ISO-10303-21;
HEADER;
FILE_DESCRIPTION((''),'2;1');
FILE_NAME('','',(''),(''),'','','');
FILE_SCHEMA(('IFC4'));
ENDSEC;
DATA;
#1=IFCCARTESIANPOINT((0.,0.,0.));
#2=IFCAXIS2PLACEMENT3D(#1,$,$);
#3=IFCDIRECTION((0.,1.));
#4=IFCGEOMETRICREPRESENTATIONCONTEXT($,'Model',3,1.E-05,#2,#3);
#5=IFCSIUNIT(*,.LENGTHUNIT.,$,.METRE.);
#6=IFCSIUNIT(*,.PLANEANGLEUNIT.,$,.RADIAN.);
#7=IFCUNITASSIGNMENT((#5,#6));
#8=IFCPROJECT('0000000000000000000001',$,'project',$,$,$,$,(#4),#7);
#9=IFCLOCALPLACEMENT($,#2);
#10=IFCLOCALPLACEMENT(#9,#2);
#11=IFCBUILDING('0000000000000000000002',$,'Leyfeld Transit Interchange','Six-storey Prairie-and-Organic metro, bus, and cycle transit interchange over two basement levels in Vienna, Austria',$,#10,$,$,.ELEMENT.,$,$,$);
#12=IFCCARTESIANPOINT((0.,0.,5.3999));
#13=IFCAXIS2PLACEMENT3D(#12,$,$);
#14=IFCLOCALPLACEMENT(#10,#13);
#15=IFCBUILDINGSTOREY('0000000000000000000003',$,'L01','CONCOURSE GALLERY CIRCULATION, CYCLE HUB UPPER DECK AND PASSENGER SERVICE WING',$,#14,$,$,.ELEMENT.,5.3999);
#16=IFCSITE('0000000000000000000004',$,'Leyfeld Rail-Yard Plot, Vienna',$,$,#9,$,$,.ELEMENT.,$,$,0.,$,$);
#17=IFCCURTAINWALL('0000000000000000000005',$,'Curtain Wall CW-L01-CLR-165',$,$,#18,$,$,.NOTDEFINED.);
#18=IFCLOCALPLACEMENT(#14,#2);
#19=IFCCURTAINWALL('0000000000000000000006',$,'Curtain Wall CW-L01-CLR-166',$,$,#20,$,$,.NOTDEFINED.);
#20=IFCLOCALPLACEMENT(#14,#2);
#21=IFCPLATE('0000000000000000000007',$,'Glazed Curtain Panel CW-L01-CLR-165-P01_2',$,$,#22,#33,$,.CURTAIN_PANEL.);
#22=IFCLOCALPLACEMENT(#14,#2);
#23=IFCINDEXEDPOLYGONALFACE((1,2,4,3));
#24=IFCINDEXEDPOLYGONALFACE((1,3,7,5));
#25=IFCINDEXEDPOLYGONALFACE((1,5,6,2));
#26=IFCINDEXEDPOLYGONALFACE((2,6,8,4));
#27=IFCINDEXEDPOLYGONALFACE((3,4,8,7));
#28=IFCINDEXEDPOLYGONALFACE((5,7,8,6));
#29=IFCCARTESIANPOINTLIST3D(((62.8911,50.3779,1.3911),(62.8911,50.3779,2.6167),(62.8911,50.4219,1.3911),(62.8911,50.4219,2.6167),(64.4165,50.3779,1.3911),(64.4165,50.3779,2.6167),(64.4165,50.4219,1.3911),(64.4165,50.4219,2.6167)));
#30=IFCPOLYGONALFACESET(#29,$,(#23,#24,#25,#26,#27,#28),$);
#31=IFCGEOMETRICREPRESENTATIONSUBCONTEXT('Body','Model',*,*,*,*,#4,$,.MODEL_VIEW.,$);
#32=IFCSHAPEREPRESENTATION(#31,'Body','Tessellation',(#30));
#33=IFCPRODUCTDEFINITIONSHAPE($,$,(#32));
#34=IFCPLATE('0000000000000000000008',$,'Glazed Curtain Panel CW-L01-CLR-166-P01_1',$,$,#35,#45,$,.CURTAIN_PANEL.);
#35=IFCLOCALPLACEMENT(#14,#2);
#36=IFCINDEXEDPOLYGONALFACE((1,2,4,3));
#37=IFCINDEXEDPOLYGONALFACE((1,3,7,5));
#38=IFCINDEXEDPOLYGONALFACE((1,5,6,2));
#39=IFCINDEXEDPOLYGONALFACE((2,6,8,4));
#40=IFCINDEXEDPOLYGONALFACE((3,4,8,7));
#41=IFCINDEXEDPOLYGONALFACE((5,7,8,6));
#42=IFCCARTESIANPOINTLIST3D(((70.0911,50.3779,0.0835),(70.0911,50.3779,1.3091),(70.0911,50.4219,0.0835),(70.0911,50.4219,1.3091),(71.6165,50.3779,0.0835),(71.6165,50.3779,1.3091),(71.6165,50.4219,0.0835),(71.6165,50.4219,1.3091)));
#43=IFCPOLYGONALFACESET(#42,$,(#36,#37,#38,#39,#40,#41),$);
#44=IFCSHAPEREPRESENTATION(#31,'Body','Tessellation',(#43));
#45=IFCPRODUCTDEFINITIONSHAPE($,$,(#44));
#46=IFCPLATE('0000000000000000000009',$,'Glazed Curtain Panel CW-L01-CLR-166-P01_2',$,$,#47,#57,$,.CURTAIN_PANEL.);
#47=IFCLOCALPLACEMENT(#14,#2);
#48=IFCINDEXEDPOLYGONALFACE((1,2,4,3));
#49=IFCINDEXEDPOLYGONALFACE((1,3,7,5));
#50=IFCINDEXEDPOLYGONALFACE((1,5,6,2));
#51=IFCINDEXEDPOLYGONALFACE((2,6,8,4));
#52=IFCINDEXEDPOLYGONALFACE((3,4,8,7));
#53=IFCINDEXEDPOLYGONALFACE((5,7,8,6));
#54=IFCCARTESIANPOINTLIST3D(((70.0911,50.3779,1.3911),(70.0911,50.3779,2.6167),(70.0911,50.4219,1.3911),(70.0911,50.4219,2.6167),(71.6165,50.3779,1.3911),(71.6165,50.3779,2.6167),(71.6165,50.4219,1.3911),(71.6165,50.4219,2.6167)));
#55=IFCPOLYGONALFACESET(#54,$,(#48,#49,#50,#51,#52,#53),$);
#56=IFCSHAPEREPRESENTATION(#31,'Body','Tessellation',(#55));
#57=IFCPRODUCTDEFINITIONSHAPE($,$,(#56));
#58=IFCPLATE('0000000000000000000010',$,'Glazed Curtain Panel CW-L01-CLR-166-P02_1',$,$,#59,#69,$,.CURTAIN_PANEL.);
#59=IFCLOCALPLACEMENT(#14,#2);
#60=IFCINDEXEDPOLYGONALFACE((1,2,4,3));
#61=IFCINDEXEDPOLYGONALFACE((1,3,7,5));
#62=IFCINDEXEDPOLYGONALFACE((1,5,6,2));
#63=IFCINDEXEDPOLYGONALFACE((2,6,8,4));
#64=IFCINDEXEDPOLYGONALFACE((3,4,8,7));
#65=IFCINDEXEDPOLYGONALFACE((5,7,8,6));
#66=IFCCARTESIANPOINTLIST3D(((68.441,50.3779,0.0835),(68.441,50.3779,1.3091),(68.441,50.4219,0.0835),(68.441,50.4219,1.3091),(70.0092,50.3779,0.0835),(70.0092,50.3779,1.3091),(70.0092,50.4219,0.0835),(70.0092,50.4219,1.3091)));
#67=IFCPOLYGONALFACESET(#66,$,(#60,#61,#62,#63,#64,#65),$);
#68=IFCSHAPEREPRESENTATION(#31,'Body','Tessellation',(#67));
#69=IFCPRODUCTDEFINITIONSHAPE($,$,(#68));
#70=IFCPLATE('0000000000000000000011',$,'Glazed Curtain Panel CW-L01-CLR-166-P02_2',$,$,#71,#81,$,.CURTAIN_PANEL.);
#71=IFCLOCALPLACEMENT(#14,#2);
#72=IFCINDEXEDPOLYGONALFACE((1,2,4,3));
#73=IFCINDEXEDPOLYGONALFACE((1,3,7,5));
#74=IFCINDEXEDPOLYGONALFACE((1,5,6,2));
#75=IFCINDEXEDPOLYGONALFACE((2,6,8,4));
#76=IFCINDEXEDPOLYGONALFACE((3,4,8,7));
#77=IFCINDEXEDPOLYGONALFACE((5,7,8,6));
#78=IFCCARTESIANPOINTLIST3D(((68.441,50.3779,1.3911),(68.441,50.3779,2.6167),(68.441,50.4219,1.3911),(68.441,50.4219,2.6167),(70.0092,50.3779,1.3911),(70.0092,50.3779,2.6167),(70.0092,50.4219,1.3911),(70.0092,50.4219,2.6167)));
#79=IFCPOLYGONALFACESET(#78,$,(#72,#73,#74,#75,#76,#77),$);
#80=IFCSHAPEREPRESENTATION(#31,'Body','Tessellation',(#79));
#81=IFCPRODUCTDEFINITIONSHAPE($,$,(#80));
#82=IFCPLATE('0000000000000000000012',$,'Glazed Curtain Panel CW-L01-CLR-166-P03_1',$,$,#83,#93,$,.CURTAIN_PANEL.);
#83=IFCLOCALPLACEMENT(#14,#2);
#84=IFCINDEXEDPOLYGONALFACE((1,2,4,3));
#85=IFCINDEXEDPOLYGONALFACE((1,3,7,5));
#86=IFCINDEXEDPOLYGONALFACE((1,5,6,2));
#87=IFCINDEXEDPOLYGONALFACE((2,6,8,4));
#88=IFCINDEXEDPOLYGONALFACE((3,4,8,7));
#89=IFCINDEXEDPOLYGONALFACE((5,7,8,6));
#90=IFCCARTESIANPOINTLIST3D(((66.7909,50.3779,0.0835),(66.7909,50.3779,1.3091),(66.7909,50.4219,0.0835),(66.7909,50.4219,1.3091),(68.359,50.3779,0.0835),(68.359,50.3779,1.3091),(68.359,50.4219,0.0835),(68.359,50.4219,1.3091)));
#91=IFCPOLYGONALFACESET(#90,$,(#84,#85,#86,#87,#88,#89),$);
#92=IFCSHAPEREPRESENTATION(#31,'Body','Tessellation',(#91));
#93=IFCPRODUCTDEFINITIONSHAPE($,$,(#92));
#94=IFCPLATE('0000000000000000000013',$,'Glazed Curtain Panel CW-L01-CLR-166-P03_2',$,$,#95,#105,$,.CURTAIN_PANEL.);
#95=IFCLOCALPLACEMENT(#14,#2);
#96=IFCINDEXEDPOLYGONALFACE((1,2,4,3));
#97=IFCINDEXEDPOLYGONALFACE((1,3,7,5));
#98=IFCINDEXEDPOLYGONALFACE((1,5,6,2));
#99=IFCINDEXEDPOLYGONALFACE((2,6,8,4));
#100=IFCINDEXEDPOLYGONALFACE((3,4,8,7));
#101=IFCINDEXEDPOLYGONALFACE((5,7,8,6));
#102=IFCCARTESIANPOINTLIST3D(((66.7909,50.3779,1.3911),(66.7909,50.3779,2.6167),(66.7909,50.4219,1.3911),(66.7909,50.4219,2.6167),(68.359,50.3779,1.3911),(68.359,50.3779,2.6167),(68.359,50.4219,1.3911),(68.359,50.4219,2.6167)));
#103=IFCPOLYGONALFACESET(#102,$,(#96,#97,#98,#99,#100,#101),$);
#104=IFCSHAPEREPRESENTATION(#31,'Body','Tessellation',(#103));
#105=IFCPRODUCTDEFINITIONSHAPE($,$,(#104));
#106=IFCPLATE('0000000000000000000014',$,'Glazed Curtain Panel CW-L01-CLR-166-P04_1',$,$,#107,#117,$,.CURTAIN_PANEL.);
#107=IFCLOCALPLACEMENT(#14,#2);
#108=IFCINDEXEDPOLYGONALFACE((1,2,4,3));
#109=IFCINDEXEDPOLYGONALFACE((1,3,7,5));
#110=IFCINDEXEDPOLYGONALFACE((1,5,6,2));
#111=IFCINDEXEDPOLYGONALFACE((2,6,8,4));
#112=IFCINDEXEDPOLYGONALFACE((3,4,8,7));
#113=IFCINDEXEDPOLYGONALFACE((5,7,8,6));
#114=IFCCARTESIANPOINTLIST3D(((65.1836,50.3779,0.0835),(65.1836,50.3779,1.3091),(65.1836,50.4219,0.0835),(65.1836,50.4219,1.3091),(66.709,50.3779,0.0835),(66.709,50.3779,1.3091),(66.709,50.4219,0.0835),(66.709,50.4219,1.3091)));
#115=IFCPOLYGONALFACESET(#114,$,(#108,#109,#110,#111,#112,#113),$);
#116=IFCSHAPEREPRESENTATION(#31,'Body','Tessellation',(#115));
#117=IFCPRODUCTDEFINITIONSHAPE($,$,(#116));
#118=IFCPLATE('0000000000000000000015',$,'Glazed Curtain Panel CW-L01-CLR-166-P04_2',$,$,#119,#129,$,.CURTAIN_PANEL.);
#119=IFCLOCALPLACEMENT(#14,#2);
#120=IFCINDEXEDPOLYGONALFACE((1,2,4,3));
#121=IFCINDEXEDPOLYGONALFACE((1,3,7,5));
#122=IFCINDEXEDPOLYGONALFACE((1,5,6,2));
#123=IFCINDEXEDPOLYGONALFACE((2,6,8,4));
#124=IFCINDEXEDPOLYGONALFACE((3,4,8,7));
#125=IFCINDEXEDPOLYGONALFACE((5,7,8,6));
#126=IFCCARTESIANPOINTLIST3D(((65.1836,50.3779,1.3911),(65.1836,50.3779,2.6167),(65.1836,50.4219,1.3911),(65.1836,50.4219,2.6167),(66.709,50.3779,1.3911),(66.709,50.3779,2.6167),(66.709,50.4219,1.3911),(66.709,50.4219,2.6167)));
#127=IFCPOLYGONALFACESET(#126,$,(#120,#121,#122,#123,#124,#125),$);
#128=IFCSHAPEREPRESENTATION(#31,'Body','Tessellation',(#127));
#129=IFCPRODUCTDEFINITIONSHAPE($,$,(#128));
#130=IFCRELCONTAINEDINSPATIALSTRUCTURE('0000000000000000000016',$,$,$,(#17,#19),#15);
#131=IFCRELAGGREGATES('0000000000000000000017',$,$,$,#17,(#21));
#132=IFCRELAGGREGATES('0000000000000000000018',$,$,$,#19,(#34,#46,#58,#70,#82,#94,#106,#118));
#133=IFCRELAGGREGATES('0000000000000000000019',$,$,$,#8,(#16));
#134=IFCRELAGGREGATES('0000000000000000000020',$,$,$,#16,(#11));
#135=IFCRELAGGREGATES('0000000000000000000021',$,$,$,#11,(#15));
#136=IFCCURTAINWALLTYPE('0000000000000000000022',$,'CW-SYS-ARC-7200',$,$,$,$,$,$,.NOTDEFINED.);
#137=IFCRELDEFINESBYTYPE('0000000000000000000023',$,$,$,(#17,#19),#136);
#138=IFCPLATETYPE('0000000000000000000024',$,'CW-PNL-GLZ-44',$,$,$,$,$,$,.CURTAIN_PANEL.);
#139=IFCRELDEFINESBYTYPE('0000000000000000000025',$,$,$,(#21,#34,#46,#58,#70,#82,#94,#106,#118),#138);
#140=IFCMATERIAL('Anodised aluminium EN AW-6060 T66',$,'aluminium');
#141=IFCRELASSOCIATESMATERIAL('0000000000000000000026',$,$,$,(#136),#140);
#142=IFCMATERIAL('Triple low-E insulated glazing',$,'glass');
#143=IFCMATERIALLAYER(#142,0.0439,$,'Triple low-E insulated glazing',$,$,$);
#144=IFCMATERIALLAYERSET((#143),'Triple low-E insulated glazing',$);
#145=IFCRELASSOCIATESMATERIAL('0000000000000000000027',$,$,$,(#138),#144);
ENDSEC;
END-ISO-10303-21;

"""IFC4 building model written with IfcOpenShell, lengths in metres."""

from ifc_helpers import new_model, si_unit, direction, frame, origin, origin_2d, place, context, subcontext, project, spatial, rectangle, extrude, material, layer, layer_set, type_object, element, aggregate, save


model = new_model("IFC4")

# Units and contexts
model_context = context("Model", 3, precision=1e-05, world=origin(), true_north=direction((0.0, 1.0)))
body_context = subcontext(model_context, "Body", "Model", "MODEL_VIEW")
ifc_project = project(units=[si_unit("LENGTHUNIT", "METRE"), si_unit("PLANEANGLEUNIT", "RADIAN")], contexts=[model_context])

# Site, building, storey
site_placement = place(None, origin())
site = spatial("IfcSite", under=ifc_project, at=site_placement, Name="Leyfeld Rail-Yard Plot, Vienna", CompositionType="ELEMENT", RefElevation=0.0)
building_placement = place(site_placement, origin())
building = spatial("IfcBuilding", under=site, at=building_placement, Name="Leyfeld Transit Interchange", Description="Six-storey Prairie-and-Organic metro, bus, and cycle transit interchange over two basement levels in Vienna, Austria", CompositionType="ELEMENT")
storey_placement = place(building_placement, frame((0.0, 0.0, 5.3999)))
storey = spatial("IfcBuildingStorey", under=building, at=storey_placement, Name="L01", Description="CONCOURSE GALLERY CIRCULATION, CYCLE HUB UPPER DECK AND PASSENGER SERVICE WING", CompositionType="ELEMENT", Elevation=5.3999)

# Curtain wall
ifc_material_1 = material(Name="Anodised aluminium EN AW-6060 T66", Category="aluminium")
curtain_wall_type = type_object("IfcCurtainWallType", Name="CW-SYS-ARC-7200", PredefinedType="NOTDEFINED", material=ifc_material_1)
curtain_wall_1_placement = place(storey_placement, origin())
curtain_wall_1 = element("IfcCurtainWall", 1, at=curtain_wall_1_placement, inside=storey, type_object=curtain_wall_type, Name="Curtain Wall CW-L01-CLR-165", PredefinedType="NOTDEFINED")

# Curtain wall
curtain_wall_2_placement = place(storey_placement, origin())
curtain_wall_2 = element("IfcCurtainWall", 2, at=curtain_wall_2_placement, inside=storey, type_object=curtain_wall_type, Name="Curtain Wall CW-L01-CLR-166", PredefinedType="NOTDEFINED")

# Plates
ifc_material_2 = material(Name="Triple low-E insulated glazing", Category="glass")
ifc_layer = layer(ifc_material_2, 0.0439, Name="Triple low-E insulated glazing")
ifc_layer_set = layer_set([ifc_layer], Name="Triple low-E insulated glazing")
plate_type = type_object("IfcPlateType", Name="CW-PNL-GLZ-44", PredefinedType="CURTAIN_PANEL", material=ifc_layer_set)
plate_1_placement = place(storey_placement, frame((63.6538, 50.3999, 1.3911), z_axis=(0.0, 0.0, 1.0), x_axis=(-1.0, 0.0, 0.0)))
plate_1 = element("IfcPlate", 3, at=plate_1_placement, type_object=plate_type, Name="Glazed Curtain Panel CW-L01-CLR-165-P01_2", PredefinedType="CURTAIN_PANEL", context=body_context, shape_type="SweptSolid", body=[
    extrude(rectangle(XDim=1.5254, YDim=0.0439, at=origin_2d()), origin(), (0.0, 0.0, 1.0), 1.2256),
])
aggregate(curtain_wall_1, [plate_1])
plate_2_placement = place(storey_placement, frame((70.8538, 50.3999, 0.0835), z_axis=(0.0, 0.0, 1.0), x_axis=(-1.0, 0.0, 0.0)))
plate_2 = element("IfcPlate", 4, at=plate_2_placement, type_object=plate_type, Name="Glazed Curtain Panel CW-L01-CLR-166-P01_1", PredefinedType="CURTAIN_PANEL", context=body_context, shape_type="SweptSolid", body=[
    extrude(rectangle(XDim=1.5254, YDim=0.0439, at=origin_2d()), origin(), (0.0, 0.0, 1.0), 1.2256),
])
plate_3_placement = place(storey_placement, frame((70.8538, 50.3999, 1.3911), z_axis=(0.0, 0.0, 1.0), x_axis=(-1.0, 0.0, 0.0)))
plate_3 = element("IfcPlate", 5, at=plate_3_placement, type_object=plate_type, Name="Glazed Curtain Panel CW-L01-CLR-166-P01_2", PredefinedType="CURTAIN_PANEL", context=body_context, shape_type="SweptSolid", body=[
    extrude(rectangle(XDim=1.5254, YDim=0.0439, at=origin_2d()), origin(), (0.0, 0.0, 1.0), 1.2256),
])
plate_4_placement = place(storey_placement, frame((69.2251, 50.3999, 0.0835), z_axis=(0.0, 0.0, 1.0), x_axis=(-1.0, 0.0, 0.0)))
plate_4 = element("IfcPlate", 6, at=plate_4_placement, type_object=plate_type, Name="Glazed Curtain Panel CW-L01-CLR-166-P02_1", PredefinedType="CURTAIN_PANEL", context=body_context, shape_type="SweptSolid", body=[
    extrude(rectangle(XDim=1.5681, YDim=0.0439, at=origin_2d()), origin(), (0.0, 0.0, 1.0), 1.2256),
])
plate_5_placement = place(storey_placement, frame((69.2251, 50.3999, 1.3911), z_axis=(0.0, 0.0, 1.0), x_axis=(-1.0, 0.0, 0.0)))
plate_5 = element("IfcPlate", 7, at=plate_5_placement, type_object=plate_type, Name="Glazed Curtain Panel CW-L01-CLR-166-P02_2", PredefinedType="CURTAIN_PANEL", context=body_context, shape_type="SweptSolid", body=[
    extrude(rectangle(XDim=1.5681, YDim=0.0439, at=origin_2d()), origin(), (0.0, 0.0, 1.0), 1.2256),
])
plate_6_placement = place(storey_placement, frame((67.575, 50.3999, 0.0835), z_axis=(0.0, 0.0, 1.0), x_axis=(-1.0, 0.0, 0.0)))
plate_6 = element("IfcPlate", 8, at=plate_6_placement, type_object=plate_type, Name="Glazed Curtain Panel CW-L01-CLR-166-P03_1", PredefinedType="CURTAIN_PANEL", context=body_context, shape_type="SweptSolid", body=[
    extrude(rectangle(XDim=1.5681, YDim=0.0439, at=origin_2d()), origin(), (0.0, 0.0, 1.0), 1.2256),
])
plate_7_placement = place(storey_placement, frame((67.575, 50.3999, 1.3911), z_axis=(0.0, 0.0, 1.0), x_axis=(-1.0, 0.0, 0.0)))
plate_7 = element("IfcPlate", 9, at=plate_7_placement, type_object=plate_type, Name="Glazed Curtain Panel CW-L01-CLR-166-P03_2", PredefinedType="CURTAIN_PANEL", context=body_context, shape_type="SweptSolid", body=[
    extrude(rectangle(XDim=1.5681, YDim=0.0439, at=origin_2d()), origin(), (0.0, 0.0, 1.0), 1.2256),
])
plate_8_placement = place(storey_placement, frame((65.9463, 50.3999, 0.0835), z_axis=(0.0, 0.0, 1.0), x_axis=(-1.0, 0.0, 0.0)))
plate_8 = element("IfcPlate", 10, at=plate_8_placement, type_object=plate_type, Name="Glazed Curtain Panel CW-L01-CLR-166-P04_1", PredefinedType="CURTAIN_PANEL", context=body_context, shape_type="SweptSolid", body=[
    extrude(rectangle(XDim=1.5254, YDim=0.0439, at=origin_2d()), origin(), (0.0, 0.0, 1.0), 1.2256),
])
plate_9_placement = place(storey_placement, frame((65.9463, 50.3999, 1.3911), z_axis=(0.0, 0.0, 1.0), x_axis=(-1.0, 0.0, 0.0)))
plate_9 = element("IfcPlate", 11, at=plate_9_placement, type_object=plate_type, Name="Glazed Curtain Panel CW-L01-CLR-166-P04_2", PredefinedType="CURTAIN_PANEL", context=body_context, shape_type="SweptSolid", body=[
    extrude(rectangle(XDim=1.5254, YDim=0.0439, at=origin_2d()), origin(), (0.0, 0.0, 1.0), 1.2256),
])
aggregate(curtain_wall_2, [plate_2, plate_3, plate_4, plate_5, plate_6, plate_7, plate_8, plate_9])

save(model, "model.ifc")
